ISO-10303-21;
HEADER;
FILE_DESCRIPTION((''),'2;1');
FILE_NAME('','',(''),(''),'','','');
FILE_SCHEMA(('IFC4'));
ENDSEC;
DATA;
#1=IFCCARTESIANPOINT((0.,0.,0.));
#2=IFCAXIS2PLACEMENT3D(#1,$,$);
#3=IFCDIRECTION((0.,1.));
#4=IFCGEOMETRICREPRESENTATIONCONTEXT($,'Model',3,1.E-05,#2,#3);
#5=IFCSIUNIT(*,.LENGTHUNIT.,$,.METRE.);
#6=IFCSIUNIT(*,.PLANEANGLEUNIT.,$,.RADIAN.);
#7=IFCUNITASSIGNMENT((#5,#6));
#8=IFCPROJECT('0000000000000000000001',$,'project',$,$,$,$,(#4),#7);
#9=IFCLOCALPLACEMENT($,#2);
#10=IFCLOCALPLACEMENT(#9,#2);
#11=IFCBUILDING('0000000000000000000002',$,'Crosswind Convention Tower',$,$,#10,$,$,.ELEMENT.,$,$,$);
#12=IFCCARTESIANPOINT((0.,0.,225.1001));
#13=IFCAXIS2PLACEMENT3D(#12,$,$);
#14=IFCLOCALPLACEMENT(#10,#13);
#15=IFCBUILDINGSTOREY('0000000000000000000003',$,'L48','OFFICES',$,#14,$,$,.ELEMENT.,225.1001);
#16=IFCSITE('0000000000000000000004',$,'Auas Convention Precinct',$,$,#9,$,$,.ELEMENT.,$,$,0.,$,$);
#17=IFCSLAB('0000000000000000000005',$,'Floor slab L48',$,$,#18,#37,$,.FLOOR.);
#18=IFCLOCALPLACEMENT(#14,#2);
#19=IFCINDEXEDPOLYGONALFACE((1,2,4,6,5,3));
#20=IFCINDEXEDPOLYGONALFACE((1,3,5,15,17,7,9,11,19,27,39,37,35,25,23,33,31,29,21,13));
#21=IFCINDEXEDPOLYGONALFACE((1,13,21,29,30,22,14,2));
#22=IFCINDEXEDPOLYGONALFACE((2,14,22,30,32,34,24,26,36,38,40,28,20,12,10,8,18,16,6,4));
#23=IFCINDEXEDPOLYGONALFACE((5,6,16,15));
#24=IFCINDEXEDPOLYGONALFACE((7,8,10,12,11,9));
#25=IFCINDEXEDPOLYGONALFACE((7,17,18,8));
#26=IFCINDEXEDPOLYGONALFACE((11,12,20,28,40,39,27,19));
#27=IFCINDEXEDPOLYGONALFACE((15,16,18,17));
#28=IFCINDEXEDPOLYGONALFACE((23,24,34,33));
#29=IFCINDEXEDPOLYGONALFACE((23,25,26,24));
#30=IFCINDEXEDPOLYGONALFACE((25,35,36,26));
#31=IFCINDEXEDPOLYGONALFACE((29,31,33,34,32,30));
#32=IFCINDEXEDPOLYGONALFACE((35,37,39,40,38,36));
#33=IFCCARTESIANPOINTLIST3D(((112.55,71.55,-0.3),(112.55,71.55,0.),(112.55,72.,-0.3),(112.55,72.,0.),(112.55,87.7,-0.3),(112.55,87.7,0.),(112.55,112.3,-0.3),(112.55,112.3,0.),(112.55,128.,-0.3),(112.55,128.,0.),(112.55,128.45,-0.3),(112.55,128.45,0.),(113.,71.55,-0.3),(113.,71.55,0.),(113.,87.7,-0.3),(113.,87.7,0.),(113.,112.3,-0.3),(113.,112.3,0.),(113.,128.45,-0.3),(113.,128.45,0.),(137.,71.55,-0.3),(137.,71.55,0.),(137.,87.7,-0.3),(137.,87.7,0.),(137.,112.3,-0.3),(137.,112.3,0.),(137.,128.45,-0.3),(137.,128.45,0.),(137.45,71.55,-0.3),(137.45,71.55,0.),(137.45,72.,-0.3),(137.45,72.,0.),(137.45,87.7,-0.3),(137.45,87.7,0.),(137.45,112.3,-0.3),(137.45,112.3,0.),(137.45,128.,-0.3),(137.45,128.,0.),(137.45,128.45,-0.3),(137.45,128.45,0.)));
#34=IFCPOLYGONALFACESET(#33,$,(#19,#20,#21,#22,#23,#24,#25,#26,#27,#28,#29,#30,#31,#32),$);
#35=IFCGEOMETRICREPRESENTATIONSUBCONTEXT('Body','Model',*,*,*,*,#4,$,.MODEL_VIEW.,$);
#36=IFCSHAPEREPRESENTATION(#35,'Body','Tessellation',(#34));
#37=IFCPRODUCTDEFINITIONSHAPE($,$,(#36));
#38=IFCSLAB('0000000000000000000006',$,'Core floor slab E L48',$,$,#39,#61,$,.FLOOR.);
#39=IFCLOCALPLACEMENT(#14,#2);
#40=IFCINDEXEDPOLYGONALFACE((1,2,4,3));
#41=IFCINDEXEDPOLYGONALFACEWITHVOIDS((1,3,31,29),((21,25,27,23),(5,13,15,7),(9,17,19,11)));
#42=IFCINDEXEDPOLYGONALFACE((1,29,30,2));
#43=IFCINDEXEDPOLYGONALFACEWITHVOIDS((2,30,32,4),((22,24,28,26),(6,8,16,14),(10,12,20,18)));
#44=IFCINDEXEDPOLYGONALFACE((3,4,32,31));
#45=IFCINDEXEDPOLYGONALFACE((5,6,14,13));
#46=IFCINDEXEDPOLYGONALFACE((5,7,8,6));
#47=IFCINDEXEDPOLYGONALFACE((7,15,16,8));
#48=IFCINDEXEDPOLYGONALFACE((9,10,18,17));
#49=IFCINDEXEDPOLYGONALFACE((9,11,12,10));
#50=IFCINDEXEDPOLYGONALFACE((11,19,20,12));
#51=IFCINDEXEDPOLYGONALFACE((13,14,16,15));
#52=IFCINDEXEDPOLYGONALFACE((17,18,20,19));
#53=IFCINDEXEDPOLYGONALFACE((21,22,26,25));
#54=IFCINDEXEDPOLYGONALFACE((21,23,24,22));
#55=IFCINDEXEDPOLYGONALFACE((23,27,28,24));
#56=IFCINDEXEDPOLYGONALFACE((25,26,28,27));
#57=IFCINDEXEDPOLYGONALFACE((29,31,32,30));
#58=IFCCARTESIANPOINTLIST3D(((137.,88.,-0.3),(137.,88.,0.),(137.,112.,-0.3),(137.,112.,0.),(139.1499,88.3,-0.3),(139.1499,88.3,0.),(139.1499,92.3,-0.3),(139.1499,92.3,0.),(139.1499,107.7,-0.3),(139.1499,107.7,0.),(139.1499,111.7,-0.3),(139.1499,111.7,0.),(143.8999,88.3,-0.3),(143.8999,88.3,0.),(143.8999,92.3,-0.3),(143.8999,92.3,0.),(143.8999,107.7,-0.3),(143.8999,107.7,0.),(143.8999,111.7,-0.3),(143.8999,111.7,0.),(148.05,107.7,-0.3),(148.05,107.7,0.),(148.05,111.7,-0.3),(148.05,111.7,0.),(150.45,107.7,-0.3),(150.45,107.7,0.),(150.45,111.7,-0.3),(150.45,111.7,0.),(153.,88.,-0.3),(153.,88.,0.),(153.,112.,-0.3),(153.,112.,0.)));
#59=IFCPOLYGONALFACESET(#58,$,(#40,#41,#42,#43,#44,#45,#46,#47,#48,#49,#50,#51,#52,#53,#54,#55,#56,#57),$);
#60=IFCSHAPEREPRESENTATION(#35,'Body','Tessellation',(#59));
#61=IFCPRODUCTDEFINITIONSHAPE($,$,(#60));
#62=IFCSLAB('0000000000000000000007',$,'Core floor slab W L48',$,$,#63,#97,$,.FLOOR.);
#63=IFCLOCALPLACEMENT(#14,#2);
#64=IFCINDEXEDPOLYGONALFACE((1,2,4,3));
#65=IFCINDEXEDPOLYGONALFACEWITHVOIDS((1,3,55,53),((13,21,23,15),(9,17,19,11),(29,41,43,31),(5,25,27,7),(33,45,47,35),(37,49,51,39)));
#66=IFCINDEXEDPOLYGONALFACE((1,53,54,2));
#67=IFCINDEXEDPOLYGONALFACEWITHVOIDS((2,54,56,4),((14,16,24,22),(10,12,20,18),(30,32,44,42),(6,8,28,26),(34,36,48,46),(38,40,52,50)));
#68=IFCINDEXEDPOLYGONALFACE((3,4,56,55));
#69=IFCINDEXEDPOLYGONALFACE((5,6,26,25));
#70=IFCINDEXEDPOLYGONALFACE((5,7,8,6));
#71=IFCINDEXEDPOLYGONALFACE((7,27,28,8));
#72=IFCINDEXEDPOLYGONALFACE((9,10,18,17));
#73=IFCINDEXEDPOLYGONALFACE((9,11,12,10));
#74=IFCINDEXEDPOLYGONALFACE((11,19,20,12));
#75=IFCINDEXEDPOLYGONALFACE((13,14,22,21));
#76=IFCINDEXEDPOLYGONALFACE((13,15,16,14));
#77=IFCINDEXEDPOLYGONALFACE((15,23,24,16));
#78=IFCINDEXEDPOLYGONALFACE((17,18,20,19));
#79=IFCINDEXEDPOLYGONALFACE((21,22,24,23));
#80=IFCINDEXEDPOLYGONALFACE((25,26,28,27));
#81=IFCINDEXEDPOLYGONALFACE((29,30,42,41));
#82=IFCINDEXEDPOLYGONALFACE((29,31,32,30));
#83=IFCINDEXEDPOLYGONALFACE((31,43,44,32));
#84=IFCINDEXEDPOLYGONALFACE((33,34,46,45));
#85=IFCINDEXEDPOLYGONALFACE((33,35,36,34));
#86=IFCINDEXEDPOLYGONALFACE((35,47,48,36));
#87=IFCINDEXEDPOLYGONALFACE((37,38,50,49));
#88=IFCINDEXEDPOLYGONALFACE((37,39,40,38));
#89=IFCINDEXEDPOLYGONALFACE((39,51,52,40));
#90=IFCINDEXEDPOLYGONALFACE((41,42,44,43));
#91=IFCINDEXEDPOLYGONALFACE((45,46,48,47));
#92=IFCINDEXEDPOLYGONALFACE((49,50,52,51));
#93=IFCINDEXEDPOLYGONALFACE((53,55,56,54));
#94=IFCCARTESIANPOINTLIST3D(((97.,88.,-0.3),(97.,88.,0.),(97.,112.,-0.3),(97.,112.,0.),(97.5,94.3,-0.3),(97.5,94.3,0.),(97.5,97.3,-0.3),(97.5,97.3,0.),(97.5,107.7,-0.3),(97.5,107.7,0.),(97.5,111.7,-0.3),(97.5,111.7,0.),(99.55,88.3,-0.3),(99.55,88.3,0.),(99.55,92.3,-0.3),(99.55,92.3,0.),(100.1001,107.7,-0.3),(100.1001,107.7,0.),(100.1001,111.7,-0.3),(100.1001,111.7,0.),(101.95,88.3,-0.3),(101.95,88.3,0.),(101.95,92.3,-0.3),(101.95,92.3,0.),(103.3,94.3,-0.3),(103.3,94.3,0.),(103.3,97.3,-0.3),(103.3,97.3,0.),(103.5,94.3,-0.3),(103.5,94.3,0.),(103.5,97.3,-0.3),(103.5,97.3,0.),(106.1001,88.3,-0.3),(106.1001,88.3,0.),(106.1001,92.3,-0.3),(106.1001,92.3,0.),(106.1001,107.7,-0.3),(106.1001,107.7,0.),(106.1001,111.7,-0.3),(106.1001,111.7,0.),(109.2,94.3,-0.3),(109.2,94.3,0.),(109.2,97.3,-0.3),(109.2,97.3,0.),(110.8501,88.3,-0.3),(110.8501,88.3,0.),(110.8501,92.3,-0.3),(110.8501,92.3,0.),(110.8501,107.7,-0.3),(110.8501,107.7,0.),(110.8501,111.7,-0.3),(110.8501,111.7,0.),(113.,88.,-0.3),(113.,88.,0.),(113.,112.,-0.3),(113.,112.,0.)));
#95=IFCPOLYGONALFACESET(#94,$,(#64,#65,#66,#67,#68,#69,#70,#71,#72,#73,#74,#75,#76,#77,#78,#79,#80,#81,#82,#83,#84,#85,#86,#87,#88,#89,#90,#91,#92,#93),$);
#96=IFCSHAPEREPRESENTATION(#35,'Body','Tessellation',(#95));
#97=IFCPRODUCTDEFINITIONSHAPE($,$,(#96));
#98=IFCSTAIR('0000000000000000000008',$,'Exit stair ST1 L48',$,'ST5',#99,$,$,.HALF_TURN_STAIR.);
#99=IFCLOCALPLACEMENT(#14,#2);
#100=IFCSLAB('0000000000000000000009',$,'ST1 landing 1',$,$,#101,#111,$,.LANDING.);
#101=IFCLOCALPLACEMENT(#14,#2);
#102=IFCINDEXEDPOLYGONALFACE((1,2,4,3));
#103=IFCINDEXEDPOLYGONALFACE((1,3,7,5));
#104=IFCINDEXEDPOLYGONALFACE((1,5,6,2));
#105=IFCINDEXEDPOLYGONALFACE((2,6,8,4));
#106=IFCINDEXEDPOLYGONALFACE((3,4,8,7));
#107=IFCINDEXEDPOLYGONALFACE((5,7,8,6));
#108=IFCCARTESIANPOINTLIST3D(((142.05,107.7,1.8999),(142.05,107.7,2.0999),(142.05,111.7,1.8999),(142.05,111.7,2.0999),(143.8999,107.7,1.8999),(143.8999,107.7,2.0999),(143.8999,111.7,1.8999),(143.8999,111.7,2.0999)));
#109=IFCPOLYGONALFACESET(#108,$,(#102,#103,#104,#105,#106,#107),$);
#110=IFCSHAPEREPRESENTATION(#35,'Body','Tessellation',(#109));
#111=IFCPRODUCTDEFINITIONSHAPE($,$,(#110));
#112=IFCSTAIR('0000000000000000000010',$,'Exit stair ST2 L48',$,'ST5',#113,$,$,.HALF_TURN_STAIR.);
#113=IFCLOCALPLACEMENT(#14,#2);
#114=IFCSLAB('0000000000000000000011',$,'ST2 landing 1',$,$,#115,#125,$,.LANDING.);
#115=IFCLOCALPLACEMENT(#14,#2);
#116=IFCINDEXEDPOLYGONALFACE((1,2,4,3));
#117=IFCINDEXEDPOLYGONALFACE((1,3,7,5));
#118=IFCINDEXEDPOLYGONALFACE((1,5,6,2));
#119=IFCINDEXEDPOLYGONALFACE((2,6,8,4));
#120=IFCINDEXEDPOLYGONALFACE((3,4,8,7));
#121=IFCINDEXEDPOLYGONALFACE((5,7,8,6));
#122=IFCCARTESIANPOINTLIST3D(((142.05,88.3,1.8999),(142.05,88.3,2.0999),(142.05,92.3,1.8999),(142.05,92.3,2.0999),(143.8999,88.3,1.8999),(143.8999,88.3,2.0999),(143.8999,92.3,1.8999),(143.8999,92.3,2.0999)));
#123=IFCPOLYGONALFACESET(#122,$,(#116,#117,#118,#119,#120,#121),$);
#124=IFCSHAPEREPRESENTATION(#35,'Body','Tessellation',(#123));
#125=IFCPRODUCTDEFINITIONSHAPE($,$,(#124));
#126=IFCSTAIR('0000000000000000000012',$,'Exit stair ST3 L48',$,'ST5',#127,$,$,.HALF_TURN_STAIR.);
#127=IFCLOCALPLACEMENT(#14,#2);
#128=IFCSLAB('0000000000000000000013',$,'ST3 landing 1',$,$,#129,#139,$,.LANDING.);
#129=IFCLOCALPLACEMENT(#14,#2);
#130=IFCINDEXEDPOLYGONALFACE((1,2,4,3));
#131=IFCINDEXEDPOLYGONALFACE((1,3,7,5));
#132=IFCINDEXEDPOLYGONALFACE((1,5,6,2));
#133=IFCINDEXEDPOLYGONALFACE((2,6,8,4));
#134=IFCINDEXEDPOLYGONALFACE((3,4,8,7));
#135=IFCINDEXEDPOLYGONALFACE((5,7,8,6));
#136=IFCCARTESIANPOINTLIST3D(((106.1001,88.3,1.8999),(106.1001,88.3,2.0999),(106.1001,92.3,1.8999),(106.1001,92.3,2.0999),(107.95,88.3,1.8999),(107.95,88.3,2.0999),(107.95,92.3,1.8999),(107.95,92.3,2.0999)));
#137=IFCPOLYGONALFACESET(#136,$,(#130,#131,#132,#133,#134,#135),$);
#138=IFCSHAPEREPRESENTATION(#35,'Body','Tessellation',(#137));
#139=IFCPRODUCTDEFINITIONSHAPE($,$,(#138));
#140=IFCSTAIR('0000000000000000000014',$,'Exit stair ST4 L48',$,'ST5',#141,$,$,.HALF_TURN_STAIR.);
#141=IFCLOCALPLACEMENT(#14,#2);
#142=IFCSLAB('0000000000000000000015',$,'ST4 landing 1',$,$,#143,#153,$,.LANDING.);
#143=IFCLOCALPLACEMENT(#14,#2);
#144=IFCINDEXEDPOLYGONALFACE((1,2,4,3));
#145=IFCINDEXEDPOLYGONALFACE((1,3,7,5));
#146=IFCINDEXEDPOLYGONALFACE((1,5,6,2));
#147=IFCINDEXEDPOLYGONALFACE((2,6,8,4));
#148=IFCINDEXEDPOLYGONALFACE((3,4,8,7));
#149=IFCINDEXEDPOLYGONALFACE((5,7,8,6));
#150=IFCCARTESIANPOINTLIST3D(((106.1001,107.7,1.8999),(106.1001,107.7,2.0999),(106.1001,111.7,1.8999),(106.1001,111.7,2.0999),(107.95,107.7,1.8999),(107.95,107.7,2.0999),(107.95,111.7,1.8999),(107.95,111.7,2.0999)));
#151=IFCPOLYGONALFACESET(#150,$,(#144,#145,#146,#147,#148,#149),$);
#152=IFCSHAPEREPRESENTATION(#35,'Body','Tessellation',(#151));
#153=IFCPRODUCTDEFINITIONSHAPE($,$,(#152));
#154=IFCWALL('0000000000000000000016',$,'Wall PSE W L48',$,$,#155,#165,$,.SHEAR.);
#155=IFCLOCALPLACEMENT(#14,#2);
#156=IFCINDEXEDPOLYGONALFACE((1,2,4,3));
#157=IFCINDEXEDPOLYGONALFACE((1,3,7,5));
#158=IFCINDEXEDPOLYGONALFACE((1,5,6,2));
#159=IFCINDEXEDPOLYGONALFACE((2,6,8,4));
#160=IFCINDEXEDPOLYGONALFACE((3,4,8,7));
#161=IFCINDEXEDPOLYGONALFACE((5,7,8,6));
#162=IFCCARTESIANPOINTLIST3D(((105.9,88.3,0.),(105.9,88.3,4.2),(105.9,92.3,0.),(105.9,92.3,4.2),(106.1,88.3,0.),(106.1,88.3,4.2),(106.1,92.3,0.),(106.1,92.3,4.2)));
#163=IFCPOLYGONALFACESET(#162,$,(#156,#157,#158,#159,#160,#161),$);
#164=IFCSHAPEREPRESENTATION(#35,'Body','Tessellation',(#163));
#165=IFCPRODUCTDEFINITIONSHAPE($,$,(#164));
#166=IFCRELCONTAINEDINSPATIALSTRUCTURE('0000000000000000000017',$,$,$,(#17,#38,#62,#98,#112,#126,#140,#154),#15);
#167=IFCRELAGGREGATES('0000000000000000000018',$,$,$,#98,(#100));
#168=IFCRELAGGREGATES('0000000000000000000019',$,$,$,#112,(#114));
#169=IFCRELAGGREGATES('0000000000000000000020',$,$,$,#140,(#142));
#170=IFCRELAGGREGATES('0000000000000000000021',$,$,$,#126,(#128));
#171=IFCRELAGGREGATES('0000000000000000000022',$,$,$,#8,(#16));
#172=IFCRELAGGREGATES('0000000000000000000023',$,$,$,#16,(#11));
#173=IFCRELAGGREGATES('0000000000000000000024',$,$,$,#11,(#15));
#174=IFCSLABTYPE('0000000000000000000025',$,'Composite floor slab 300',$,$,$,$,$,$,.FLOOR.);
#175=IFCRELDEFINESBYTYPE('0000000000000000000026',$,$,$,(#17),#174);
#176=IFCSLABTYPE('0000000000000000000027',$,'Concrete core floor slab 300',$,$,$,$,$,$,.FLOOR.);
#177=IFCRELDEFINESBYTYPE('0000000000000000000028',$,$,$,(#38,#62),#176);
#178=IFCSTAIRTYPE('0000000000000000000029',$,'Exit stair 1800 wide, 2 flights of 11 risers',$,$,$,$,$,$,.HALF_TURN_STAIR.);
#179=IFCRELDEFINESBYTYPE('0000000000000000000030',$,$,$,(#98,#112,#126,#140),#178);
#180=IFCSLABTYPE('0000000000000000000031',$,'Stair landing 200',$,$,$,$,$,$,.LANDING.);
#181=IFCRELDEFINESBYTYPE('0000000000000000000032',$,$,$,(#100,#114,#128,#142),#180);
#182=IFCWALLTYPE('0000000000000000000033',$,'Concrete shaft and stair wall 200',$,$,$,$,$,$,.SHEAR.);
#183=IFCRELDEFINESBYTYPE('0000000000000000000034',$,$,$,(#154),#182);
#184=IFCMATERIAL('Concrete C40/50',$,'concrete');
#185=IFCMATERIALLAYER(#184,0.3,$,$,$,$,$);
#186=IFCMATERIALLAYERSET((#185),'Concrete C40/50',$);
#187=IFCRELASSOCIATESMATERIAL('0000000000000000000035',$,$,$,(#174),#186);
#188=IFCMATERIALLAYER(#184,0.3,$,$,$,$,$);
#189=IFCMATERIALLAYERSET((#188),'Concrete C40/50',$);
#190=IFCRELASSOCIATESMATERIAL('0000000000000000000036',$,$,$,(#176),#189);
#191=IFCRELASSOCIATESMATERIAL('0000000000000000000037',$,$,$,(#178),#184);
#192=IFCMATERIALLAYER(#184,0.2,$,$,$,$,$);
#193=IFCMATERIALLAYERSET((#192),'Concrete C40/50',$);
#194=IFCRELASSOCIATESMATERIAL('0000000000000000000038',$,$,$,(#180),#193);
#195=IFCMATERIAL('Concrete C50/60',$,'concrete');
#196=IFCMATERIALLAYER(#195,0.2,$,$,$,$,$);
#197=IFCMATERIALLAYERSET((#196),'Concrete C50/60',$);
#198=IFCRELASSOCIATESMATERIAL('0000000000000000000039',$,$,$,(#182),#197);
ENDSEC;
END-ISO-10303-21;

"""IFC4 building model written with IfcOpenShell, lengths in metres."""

from ifc_helpers import new_model, si_unit, direction, frame, frame_2d, origin, place, context, subcontext, project, spatial, polyline, rectangle, outline, extrude, material, layer, layer_set, type_object, element, aggregate, save


model = new_model("IFC4")

# Units and contexts
model_context = context("Model", 3, precision=1e-05, world=origin(), true_north=direction((0.0, 1.0)))
body_context = subcontext(model_context, "Body", "Model", "MODEL_VIEW")
ifc_project = project(units=[si_unit("LENGTHUNIT", "METRE"), si_unit("PLANEANGLEUNIT", "RADIAN")], contexts=[model_context])

# Site, building, storey
site_placement = place(None, origin())
site = spatial("IfcSite", under=ifc_project, at=site_placement, Name="Auas Convention Precinct", CompositionType="ELEMENT", RefElevation=0.0)
building_placement = place(site_placement, origin())
building = spatial("IfcBuilding", under=site, at=building_placement, Name="Crosswind Convention Tower", CompositionType="ELEMENT")
storey_placement = place(building_placement, frame((0.0, 0.0, 225.1001)))
storey = spatial("IfcBuildingStorey", under=building, at=storey_placement, Name="L48", Description="OFFICES", CompositionType="ELEMENT", Elevation=225.1001)

# Slabs
ifc_material_1 = material(Name="Concrete C40/50", Category="concrete")
ifc_layer_1 = layer(ifc_material_1, 0.3)
ifc_layer_set_1 = layer_set([ifc_layer_1], Name="Concrete C40/50")
slab_type_1 = type_object("IfcSlabType", Name="Composite floor slab 300", PredefinedType="FLOOR", material=ifc_layer_set_1)
slab_1_placement = place(storey_placement, frame((0.0, 0.0, -0.3)))
element("IfcSlab", 1, at=slab_1_placement, inside=storey, type_object=slab_type_1, Name="Floor slab L48", PredefinedType="FLOOR", context=body_context, shape_type="SweptSolid", body=[
    extrude(outline(polyline([(137.45, 71.55), (137.0, 71.55), (113.0, 71.55), (112.55, 71.55), (112.55, 72.0), (112.55, 87.7), (113.0, 87.7), (113.0, 112.3), (112.55, 112.3), (112.55, 128.0), (112.55, 128.45), (113.0, 128.45), (137.0, 128.45), (137.45, 128.45), (137.45, 128.0), (137.45, 112.3), (137.0, 112.3), (137.0, 87.7), (137.45, 87.7), (137.45, 72.0), (137.45, 71.55)])), origin(), (0.0, 0.0, 1.0), 0.3),
])
ifc_layer_2 = layer(ifc_material_1, 0.3)
ifc_layer_set_2 = layer_set([ifc_layer_2], Name="Concrete C40/50")
slab_type_2 = type_object("IfcSlabType", Name="Concrete core floor slab 300", PredefinedType="FLOOR", material=ifc_layer_set_2)
slab_2_placement = place(storey_placement, frame((0.0, 0.0, -0.3)))
element("IfcSlab", 2, at=slab_2_placement, inside=storey, type_object=slab_type_2, Name="Core floor slab E L48", PredefinedType="FLOOR", context=body_context, shape_type="SweptSolid", body=[
    extrude(outline(polyline([(137.0, 88.0), (153.0, 88.0), (153.0, 112.0), (137.0, 112.0), (137.0, 88.0)]), holes=[polyline([(150.45, 107.7), (150.45, 111.7), (148.05, 111.7), (148.05, 107.7), (150.45, 107.7)]), polyline([(143.8999, 107.7), (143.8999, 111.7), (139.1499, 111.7), (139.1499, 107.7), (143.8999, 107.7)]), polyline([(143.8999, 88.3), (143.8999, 92.3), (139.1499, 92.3), (139.1499, 88.3), (143.8999, 88.3)])]), origin(), (0.0, 0.0, 1.0), 0.3),
])
slab_3_placement = place(storey_placement, frame((0.0, 0.0, -0.3)))
element("IfcSlab", 3, at=slab_3_placement, inside=storey, type_object=slab_type_2, Name="Core floor slab W L48", PredefinedType="FLOOR", context=body_context, shape_type="SweptSolid", body=[
    extrude(outline(polyline([(97.0, 88.0), (113.0, 88.0), (113.0, 112.0), (97.0, 112.0), (97.0, 88.0)]), holes=[polyline([(109.2, 94.3), (109.2, 97.3), (103.5, 97.3), (103.5, 94.3), (109.2, 94.3)]), polyline([(103.3, 94.3), (103.3, 97.3), (97.5, 97.3), (97.5, 94.3), (103.3, 94.3)]), polyline([(101.95, 88.3), (101.95, 92.3), (99.55, 92.3), (99.55, 88.3), (101.95, 88.3)]), polyline([(100.1001, 107.7), (100.1001, 111.7), (97.5, 111.7), (97.5, 107.7), (100.1001, 107.7)]), polyline([(110.8501, 88.3), (110.8501, 92.3), (106.1001, 92.3), (106.1001, 88.3), (110.8501, 88.3)]), polyline([(110.8501, 107.7), (110.8501, 111.7), (106.1001, 111.7), (106.1001, 107.7), (110.8501, 107.7)])]), origin(), (0.0, 0.0, 1.0), 0.3),
])

# Stairs, slabs
stair_type = type_object("IfcStairType", Name="Exit stair 1800 wide, 2 flights of 11 risers", PredefinedType="HALF_TURN_STAIR", material=ifc_material_1)
stair_1_placement = place(storey_placement, origin())
stair_1 = element("IfcStair", 4, at=stair_1_placement, inside=storey, type_object=stair_type, Name="Exit stair ST1 L48", ObjectType="ST5", PredefinedType="HALF_TURN_STAIR")
ifc_layer_3 = layer(ifc_material_1, 0.2)
ifc_layer_set_3 = layer_set([ifc_layer_3], Name="Concrete C40/50")
slab_type_3 = type_object("IfcSlabType", Name="Stair landing 200", PredefinedType="LANDING", material=ifc_layer_set_3)
slab_4_placement = place(storey_placement, frame((0.0, 0.0, 1.8999)))
slab_4 = element("IfcSlab", 5, at=slab_4_placement, type_object=slab_type_3, Name="ST1 landing 1", PredefinedType="LANDING", context=body_context, shape_type="SweptSolid", body=[
    extrude(outline(polyline([(143.8999, 107.7), (143.8999, 111.7), (142.05, 111.7), (142.05, 107.7), (143.8999, 107.7)])), origin(), (0.0, 0.0, 1.0), 0.2),
])
aggregate(stair_1, [slab_4])
stair_2_placement = place(storey_placement, origin())
stair_2 = element("IfcStair", 6, at=stair_2_placement, inside=storey, type_object=stair_type, Name="Exit stair ST2 L48", ObjectType="ST5", PredefinedType="HALF_TURN_STAIR")
slab_5_placement = place(storey_placement, frame((0.0, 0.0, 1.8999)))
slab_5 = element("IfcSlab", 7, at=slab_5_placement, type_object=slab_type_3, Name="ST2 landing 1", PredefinedType="LANDING", context=body_context, shape_type="SweptSolid", body=[
    extrude(outline(polyline([(143.8999, 88.3), (143.8999, 92.3), (142.05, 92.3), (142.05, 88.3), (143.8999, 88.3)])), origin(), (0.0, 0.0, 1.0), 0.2),
])
aggregate(stair_2, [slab_5])
stair_3_placement = place(storey_placement, origin())
stair_3 = element("IfcStair", 8, at=stair_3_placement, inside=storey, type_object=stair_type, Name="Exit stair ST3 L48", ObjectType="ST5", PredefinedType="HALF_TURN_STAIR")
slab_6_placement = place(storey_placement, frame((0.0, 0.0, 1.8999)))
slab_6 = element("IfcSlab", 9, at=slab_6_placement, type_object=slab_type_3, Name="ST3 landing 1", PredefinedType="LANDING", context=body_context, shape_type="SweptSolid", body=[
    extrude(outline(polyline([(107.95, 88.3), (107.95, 92.3), (106.1001, 92.3), (106.1001, 88.3), (107.95, 88.3)])), origin(), (0.0, 0.0, 1.0), 0.2),
])
stair_4_placement = place(storey_placement, origin())
stair_4 = element("IfcStair", 10, at=stair_4_placement, inside=storey, type_object=stair_type, Name="Exit stair ST4 L48", ObjectType="ST5", PredefinedType="HALF_TURN_STAIR")
slab_7_placement = place(storey_placement, frame((0.0, 0.0, 1.8999)))
slab_7 = element("IfcSlab", 11, at=slab_7_placement, type_object=slab_type_3, Name="ST4 landing 1", PredefinedType="LANDING", context=body_context, shape_type="SweptSolid", body=[
    extrude(outline(polyline([(107.95, 107.7), (107.95, 111.7), (106.1001, 111.7), (106.1001, 107.7), (107.95, 107.7)])), origin(), (0.0, 0.0, 1.0), 0.2),
])
aggregate(stair_4, [slab_7])

# Wall
ifc_material_2 = material(Name="Concrete C50/60", Category="concrete")
ifc_layer_4 = layer(ifc_material_2, 0.2)
ifc_layer_set_4 = layer_set([ifc_layer_4], Name="Concrete C50/60")
wall_type_1 = type_object("IfcWallType", Name="Concrete shaft and stair wall 200", PredefinedType="SHEAR", material=ifc_layer_set_4)
wall_1_placement = place(storey_placement, frame((106.0, 92.3, 0.0), z_axis=(0.0, 0.0, 1.0), x_axis=(0.0, -1.0, 0.0)))
element("IfcWall", 12, at=wall_1_placement, inside=storey, type_object=wall_type_1, Name="Wall PSE W L48", PredefinedType="SHEAR", context=body_context, shape_type="SweptSolid", body=[
    extrude(rectangle(XDim=4.0, YDim=0.2, at=frame_2d((2.0, 0.0))), origin(), (0.0, 0.0, 1.0), 4.2),
])

aggregate(stair_3, [slab_6])

save(model, "model.ifc")
